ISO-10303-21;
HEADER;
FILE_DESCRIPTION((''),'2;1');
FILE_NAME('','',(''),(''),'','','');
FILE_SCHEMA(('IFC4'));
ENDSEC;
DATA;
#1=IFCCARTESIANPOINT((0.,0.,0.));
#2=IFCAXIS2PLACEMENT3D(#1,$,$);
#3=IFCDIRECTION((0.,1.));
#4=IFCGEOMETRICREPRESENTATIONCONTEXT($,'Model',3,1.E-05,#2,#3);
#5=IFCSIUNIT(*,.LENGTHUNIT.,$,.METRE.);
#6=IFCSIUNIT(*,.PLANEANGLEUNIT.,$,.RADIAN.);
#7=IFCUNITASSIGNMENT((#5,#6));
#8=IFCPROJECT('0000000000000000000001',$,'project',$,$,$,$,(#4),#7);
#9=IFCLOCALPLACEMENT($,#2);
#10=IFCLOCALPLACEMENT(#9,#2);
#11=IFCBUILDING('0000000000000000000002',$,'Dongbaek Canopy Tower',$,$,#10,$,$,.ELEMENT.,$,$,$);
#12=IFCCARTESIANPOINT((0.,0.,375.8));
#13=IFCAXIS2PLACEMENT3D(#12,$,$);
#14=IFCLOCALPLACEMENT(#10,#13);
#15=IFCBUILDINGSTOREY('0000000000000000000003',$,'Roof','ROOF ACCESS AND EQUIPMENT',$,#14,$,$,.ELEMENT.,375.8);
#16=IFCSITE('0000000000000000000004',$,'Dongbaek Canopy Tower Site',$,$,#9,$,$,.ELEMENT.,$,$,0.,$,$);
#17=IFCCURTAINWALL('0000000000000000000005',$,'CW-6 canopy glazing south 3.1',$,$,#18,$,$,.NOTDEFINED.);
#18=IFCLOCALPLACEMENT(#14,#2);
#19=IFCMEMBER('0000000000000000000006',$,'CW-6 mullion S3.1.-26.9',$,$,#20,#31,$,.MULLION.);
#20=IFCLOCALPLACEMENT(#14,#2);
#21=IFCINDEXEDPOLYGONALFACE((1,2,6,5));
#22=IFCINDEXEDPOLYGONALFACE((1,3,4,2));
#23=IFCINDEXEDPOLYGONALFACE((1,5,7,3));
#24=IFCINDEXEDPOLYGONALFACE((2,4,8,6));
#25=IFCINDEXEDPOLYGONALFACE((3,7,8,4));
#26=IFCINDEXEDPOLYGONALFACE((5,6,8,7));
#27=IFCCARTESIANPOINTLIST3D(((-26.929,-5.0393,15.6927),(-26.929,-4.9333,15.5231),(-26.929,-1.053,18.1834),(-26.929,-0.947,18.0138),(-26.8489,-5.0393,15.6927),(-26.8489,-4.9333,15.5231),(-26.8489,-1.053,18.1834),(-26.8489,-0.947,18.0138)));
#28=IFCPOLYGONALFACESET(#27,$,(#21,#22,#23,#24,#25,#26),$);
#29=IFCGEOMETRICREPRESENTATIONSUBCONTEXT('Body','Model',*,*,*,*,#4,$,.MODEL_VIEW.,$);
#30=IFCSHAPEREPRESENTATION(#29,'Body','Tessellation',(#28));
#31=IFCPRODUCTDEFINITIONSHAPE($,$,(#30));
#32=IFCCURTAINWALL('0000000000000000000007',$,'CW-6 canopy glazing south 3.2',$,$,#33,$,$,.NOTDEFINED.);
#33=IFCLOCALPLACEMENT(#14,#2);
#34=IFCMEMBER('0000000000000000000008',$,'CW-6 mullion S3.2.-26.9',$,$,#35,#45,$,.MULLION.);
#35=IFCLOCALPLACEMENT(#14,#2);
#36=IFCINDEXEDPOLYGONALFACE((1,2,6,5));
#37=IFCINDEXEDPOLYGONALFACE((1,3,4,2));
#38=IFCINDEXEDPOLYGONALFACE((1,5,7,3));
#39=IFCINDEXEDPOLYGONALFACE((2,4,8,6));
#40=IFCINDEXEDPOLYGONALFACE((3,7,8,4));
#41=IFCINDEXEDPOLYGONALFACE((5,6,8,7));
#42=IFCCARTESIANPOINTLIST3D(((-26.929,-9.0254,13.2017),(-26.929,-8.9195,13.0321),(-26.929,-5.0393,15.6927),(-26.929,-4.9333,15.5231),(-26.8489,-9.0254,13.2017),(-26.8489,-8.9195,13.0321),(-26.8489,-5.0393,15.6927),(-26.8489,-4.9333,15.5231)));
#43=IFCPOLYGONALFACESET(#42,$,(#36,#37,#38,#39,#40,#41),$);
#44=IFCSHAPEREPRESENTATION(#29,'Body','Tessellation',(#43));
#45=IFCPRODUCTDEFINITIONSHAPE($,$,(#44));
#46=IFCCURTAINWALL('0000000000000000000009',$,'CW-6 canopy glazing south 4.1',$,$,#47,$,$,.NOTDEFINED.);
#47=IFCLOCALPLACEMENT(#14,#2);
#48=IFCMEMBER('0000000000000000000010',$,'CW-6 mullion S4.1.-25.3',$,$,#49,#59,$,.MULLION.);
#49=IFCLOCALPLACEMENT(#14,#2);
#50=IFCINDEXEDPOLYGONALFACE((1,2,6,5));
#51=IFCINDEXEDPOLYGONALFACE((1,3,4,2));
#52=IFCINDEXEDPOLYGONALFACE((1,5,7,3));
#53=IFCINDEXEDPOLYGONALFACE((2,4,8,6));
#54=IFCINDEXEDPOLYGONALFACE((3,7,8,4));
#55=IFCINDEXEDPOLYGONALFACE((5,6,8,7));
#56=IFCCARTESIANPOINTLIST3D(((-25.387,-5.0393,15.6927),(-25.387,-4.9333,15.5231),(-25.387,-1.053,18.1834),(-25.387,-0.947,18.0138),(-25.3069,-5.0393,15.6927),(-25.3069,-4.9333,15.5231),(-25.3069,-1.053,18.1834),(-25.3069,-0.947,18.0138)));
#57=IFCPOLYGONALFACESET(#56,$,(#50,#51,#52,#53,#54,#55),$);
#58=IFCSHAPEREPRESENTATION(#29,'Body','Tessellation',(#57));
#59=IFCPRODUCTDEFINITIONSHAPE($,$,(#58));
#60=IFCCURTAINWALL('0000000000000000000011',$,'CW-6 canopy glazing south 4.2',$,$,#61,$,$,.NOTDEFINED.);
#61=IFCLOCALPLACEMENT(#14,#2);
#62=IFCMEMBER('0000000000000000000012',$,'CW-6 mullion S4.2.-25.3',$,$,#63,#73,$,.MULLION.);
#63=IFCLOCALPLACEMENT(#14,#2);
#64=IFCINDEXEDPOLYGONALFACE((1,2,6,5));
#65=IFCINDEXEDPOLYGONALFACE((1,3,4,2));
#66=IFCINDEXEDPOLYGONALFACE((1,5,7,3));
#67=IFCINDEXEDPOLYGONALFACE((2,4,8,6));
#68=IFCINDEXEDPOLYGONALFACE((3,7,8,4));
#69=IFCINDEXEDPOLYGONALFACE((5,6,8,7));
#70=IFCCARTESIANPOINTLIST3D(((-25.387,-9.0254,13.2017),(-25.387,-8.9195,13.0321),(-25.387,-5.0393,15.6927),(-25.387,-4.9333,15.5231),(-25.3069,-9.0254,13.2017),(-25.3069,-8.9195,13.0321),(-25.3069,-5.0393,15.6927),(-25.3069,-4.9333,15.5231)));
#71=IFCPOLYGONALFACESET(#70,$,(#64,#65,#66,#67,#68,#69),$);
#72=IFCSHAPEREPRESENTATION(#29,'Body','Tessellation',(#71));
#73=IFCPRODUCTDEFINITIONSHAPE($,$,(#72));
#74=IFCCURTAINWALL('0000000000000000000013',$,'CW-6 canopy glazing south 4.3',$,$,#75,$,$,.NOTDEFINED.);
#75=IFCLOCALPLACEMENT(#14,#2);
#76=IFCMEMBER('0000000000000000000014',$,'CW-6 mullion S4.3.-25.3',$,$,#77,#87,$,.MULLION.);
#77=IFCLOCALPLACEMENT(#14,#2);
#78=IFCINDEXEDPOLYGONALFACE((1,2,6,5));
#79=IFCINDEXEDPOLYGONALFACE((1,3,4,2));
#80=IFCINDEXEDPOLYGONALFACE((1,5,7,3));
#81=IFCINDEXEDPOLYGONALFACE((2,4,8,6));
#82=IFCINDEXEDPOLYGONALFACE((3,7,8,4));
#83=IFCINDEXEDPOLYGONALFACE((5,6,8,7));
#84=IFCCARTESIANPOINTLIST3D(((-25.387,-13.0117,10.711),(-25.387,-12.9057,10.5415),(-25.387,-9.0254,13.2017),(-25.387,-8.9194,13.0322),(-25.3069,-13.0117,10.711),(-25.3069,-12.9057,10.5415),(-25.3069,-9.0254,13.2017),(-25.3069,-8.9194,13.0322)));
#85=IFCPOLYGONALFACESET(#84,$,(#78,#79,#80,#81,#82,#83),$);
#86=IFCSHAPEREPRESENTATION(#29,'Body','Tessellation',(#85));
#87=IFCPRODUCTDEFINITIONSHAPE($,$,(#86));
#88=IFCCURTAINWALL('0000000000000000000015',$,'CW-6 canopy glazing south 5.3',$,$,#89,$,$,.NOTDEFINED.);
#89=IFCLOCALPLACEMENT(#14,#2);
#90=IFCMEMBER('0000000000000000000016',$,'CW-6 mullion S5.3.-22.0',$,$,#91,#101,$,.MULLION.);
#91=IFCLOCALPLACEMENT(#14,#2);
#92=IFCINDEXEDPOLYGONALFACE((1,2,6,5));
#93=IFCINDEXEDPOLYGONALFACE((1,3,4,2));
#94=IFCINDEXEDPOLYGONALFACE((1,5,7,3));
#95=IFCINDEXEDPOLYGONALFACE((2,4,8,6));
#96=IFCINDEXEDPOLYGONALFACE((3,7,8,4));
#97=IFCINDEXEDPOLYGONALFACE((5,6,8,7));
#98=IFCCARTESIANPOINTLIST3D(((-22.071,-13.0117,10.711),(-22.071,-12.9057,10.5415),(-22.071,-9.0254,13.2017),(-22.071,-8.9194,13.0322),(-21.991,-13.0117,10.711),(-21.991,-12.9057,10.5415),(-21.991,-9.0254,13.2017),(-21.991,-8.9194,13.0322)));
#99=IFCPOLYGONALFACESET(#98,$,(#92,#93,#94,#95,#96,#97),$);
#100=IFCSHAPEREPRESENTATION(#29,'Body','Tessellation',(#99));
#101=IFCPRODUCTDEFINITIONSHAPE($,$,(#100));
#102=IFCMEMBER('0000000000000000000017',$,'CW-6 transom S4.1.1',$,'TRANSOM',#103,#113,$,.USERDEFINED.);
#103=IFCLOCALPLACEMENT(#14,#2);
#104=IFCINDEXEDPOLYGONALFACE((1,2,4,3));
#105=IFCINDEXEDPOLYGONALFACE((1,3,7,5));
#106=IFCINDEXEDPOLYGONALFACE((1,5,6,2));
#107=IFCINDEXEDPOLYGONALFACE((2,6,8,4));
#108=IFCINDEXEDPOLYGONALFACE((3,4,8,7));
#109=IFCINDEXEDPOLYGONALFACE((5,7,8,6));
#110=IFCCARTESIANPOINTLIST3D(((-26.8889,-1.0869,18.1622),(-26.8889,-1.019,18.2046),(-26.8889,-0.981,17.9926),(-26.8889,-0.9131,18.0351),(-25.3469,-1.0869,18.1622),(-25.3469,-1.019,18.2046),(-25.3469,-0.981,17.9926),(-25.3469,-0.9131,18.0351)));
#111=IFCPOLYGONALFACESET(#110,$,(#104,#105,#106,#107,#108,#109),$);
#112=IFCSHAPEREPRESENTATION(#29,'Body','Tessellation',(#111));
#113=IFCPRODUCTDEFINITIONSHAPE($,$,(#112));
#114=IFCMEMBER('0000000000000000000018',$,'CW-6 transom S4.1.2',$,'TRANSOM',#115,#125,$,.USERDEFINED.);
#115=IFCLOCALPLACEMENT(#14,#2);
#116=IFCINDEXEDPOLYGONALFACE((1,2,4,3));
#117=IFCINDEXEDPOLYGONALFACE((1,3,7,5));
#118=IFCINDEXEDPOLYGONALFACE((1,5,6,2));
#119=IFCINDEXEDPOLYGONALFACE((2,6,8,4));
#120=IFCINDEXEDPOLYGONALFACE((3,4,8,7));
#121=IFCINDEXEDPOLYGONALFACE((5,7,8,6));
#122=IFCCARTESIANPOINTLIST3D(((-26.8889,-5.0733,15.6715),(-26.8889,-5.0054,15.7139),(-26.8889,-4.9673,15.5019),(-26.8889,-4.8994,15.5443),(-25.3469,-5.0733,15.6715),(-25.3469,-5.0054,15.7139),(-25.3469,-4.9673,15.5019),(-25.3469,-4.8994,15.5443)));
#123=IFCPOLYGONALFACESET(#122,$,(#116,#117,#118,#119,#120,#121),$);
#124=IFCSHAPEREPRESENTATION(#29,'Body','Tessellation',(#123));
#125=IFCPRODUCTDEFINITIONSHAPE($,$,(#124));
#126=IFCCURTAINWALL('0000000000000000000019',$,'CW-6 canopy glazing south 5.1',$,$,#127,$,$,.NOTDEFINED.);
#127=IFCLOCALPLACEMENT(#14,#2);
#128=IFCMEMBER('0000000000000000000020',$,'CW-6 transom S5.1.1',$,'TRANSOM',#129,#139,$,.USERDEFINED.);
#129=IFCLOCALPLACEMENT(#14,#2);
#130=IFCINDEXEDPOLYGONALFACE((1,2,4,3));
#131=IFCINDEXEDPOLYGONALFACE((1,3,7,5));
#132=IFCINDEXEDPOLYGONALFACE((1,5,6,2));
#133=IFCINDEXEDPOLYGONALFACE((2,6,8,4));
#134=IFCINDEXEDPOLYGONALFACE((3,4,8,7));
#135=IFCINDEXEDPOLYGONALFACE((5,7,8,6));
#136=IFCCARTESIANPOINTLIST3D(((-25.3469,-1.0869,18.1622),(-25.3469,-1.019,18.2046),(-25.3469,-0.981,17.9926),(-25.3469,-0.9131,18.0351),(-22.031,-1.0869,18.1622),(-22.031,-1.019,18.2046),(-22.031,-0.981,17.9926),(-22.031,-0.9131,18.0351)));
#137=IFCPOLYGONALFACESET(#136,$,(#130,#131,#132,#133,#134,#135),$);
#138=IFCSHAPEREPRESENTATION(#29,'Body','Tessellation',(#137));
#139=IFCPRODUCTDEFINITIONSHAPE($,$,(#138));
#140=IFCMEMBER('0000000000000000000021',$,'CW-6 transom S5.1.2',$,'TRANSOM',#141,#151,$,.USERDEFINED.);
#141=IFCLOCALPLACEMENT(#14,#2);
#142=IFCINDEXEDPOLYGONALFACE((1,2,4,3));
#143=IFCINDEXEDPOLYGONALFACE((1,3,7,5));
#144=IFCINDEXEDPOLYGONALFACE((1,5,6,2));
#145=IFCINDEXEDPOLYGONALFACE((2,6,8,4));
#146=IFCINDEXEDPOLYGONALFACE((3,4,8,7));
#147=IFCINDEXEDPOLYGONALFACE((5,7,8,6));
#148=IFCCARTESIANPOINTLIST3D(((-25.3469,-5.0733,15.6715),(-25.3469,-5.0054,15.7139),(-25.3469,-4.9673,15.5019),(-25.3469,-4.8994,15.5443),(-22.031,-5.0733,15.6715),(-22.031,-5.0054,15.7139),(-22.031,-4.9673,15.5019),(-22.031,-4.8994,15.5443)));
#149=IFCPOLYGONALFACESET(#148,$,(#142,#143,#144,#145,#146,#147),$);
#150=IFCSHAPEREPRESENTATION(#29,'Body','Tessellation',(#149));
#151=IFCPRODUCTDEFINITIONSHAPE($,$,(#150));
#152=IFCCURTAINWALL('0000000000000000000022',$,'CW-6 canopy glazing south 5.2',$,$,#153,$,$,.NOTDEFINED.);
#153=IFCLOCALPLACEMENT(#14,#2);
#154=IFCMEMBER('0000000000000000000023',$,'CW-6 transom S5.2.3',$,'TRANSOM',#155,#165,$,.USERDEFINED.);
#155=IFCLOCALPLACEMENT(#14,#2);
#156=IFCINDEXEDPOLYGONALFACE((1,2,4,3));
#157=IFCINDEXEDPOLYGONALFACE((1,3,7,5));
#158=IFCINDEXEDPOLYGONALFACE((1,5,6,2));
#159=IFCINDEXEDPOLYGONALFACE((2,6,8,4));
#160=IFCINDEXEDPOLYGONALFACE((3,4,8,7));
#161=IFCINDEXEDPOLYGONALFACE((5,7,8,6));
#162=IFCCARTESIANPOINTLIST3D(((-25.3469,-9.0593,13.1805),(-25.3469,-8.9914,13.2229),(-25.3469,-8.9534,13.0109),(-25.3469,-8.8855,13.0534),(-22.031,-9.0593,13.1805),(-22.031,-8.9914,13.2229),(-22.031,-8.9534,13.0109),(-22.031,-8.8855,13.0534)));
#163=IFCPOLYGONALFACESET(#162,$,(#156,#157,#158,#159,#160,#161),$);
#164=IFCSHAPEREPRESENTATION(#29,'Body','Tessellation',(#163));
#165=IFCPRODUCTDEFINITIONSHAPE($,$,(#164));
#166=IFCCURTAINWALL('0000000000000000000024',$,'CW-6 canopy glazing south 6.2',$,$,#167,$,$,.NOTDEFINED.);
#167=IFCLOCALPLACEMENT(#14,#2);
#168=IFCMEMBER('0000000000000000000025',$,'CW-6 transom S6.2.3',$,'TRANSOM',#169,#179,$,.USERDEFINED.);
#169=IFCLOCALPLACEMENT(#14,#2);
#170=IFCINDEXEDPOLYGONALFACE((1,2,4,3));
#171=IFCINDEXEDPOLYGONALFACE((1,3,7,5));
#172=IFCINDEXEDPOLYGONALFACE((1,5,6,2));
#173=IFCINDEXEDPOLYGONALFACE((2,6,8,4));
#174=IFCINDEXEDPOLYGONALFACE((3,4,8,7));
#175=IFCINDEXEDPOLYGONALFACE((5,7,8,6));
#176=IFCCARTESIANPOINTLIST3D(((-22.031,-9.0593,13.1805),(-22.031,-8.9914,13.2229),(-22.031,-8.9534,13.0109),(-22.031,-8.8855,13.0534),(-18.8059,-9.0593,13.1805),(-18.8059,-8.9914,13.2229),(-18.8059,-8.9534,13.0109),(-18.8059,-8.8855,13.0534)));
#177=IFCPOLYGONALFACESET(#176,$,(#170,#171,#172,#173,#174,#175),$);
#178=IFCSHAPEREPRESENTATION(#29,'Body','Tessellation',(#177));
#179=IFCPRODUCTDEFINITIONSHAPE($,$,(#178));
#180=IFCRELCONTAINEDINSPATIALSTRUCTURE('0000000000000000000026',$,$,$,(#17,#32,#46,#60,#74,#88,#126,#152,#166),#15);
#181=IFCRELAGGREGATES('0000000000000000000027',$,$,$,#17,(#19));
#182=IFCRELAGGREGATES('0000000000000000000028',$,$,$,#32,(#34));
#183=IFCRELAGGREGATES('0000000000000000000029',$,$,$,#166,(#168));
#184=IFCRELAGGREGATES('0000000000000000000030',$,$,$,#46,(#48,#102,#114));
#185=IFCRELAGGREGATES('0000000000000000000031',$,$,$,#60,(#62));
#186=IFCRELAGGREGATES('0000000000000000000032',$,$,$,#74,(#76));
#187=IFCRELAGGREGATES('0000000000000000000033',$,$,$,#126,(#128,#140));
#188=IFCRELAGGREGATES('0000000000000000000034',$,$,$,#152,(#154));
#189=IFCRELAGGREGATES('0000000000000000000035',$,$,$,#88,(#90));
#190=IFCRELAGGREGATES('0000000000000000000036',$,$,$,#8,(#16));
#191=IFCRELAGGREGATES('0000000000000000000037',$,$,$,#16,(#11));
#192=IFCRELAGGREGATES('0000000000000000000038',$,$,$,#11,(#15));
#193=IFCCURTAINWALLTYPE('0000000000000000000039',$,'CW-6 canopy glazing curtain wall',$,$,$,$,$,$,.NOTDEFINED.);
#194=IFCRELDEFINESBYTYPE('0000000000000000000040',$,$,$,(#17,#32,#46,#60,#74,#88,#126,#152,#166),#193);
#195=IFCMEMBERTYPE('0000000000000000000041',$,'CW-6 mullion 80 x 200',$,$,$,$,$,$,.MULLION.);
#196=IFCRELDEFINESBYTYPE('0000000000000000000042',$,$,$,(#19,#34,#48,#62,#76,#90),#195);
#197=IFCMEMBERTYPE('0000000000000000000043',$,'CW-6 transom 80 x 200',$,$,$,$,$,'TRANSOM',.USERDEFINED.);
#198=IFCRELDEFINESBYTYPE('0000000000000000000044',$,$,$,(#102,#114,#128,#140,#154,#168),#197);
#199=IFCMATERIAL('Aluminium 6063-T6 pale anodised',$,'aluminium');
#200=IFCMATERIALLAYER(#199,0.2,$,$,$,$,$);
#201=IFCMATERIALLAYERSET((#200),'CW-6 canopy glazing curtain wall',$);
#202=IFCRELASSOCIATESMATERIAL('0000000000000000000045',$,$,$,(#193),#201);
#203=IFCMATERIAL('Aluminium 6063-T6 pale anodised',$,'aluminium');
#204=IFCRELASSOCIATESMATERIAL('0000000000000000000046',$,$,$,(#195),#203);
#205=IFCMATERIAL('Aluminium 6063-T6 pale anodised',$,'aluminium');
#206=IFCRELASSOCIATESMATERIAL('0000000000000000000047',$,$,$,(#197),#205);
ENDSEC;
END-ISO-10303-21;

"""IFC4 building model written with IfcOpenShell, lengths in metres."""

from ifc_helpers import new_model, si_unit, direction, frame, origin, origin_2d, place, context, subcontext, project, spatial, rectangle, extrude, material, layer, layer_set, material_profile, profile_set, type_object, element, aggregate, save


model = new_model("IFC4")

# Units and contexts
model_context = context("Model", 3, precision=1e-05, world=origin(), true_north=direction((0.0, 1.0)))
body_context = subcontext(model_context, "Body", "Model", "MODEL_VIEW")
ifc_project = project(units=[si_unit("LENGTHUNIT", "METRE"), si_unit("PLANEANGLEUNIT", "RADIAN")], contexts=[model_context])

# Site, building, storey
site_placement = place(None, origin())
site = spatial("IfcSite", under=ifc_project, at=site_placement, Name="Dongbaek Canopy Tower Site", CompositionType="ELEMENT", RefElevation=0.0)
building_placement = place(site_placement, origin())
building = spatial("IfcBuilding", under=site, at=building_placement, Name="Dongbaek Canopy Tower", CompositionType="ELEMENT")
storey_placement = place(building_placement, frame((0.0, 0.0, 375.8)))
storey = spatial("IfcBuildingStorey", under=building, at=storey_placement, Name="Roof", Description="ROOF ACCESS AND EQUIPMENT", CompositionType="ELEMENT", Elevation=375.8)

# Curtain walls, members
ifc_material_1 = material(Name="Aluminium 6063-T6 pale anodised", Category="aluminium")
ifc_layer_1 = layer(ifc_material_1, 0.2)
ifc_layer_set_1 = layer_set([ifc_layer_1], Name="CW-6 canopy glazing curtain wall")
curtain_wall_type = type_object("IfcCurtainWallType", Name="CW-6 canopy glazing curtain wall", PredefinedType="NOTDEFINED", material=ifc_layer_set_1)
curtain_wall_1_placement = place(storey_placement, origin())
curtain_wall_1 = element("IfcCurtainWall", 1, at=curtain_wall_1_placement, inside=storey, type_object=curtain_wall_type, Name="CW-6 canopy glazing south 3.1", PredefinedType="NOTDEFINED")
ifc_material_2 = material(Name="Aluminium 6063-T6 pale anodised", Category="aluminium")
ifc_material_profile_1 = material_profile(ifc_material_2, rectangle(XDim=0.0801, YDim=0.2, at=origin_2d()), Name="CW-6 mullion 80 x 200")
ifc_profile_set_1 = profile_set([ifc_material_profile_1], Name="Aluminium 6063-T6 pale anodised")
member_type_1 = type_object("IfcMemberType", Name="CW-6 mullion 80 x 200", PredefinedType="MULLION", material=ifc_profile_set_1)
member_1_placement = place(storey_placement, frame((-26.8889, -1.0, 18.0986), z_axis=(0.0, -0.848068, -0.529887), x_axis=(1.0, 0.0, 0.0)))
member_1 = element("IfcMember", 2, at=member_1_placement, type_object=member_type_1, Name="CW-6 mullion S3.1.-26.9", PredefinedType="MULLION", context=body_context, shape_type="SweptSolid", body=[
    extrude(rectangle(XDim=0.0801, YDim=0.2, at=origin_2d()), origin(), (0.0, 0.0, 1.0), 4.7004),
])
aggregate(curtain_wall_1, [member_1])
curtain_wall_2_placement = place(storey_placement, origin())
curtain_wall_2 = element("IfcCurtainWall", 3, at=curtain_wall_2_placement, inside=storey, type_object=curtain_wall_type, Name="CW-6 canopy glazing south 3.2", PredefinedType="NOTDEFINED")
member_2_placement = place(storey_placement, frame((-26.8889, -4.9863, 15.6079), z_axis=(0.0, -0.84803, -0.529948), x_axis=(1.0, 0.0, 0.0)))
member_2 = element("IfcMember", 4, at=member_2_placement, type_object=member_type_1, Name="CW-6 mullion S3.2.-26.9", PredefinedType="MULLION", context=body_context, shape_type="SweptSolid", body=[
    extrude(rectangle(XDim=0.0801, YDim=0.2, at=origin_2d()), origin(), (0.0, 0.0, 1.0), 4.7004),
])
aggregate(curtain_wall_2, [member_2])
curtain_wall_3_placement = place(storey_placement, origin())
curtain_wall_3 = element("IfcCurtainWall", 5, at=curtain_wall_3_placement, inside=storey, type_object=curtain_wall_type, Name="CW-6 canopy glazing south 4.1", PredefinedType="NOTDEFINED")
member_3_placement = place(storey_placement, frame((-25.3469, -1.0, 18.0986), z_axis=(0.0, -0.848068, -0.529887), x_axis=(1.0, 0.0, 0.0)))
member_3 = element("IfcMember", 6, at=member_3_placement, type_object=member_type_1, Name="CW-6 mullion S4.1.-25.3", PredefinedType="MULLION", context=body_context, shape_type="SweptSolid", body=[
    extrude(rectangle(XDim=0.0801, YDim=0.2, at=origin_2d()), origin(), (0.0, 0.0, 1.0), 4.7004),
])
curtain_wall_4_placement = place(storey_placement, origin())
curtain_wall_4 = element("IfcCurtainWall", 7, at=curtain_wall_4_placement, inside=storey, type_object=curtain_wall_type, Name="CW-6 canopy glazing south 4.2", PredefinedType="NOTDEFINED")
member_4_placement = place(storey_placement, frame((-25.3469, -4.9863, 15.6079), z_axis=(0.0, -0.84803, -0.529948), x_axis=(1.0, 0.0, 0.0)))
member_4 = element("IfcMember", 8, at=member_4_placement, type_object=member_type_1, Name="CW-6 mullion S4.2.-25.3", PredefinedType="MULLION", context=body_context, shape_type="SweptSolid", body=[
    extrude(rectangle(XDim=0.0801, YDim=0.2, at=origin_2d()), origin(), (0.0, 0.0, 1.0), 4.7004),
])
curtain_wall_5_placement = place(storey_placement, origin())
curtain_wall_5 = element("IfcCurtainWall", 9, at=curtain_wall_5_placement, inside=storey, type_object=curtain_wall_type, Name="CW-6 canopy glazing south 4.3", PredefinedType="NOTDEFINED")
member_5_placement = place(storey_placement, frame((-25.3469, -8.9724, 13.1169), z_axis=(0.0, -0.848068, -0.529887), x_axis=(1.0, 0.0, 0.0)))
member_5 = element("IfcMember", 10, at=member_5_placement, type_object=member_type_1, Name="CW-6 mullion S4.3.-25.3", PredefinedType="MULLION", context=body_context, shape_type="SweptSolid", body=[
    extrude(rectangle(XDim=0.0801, YDim=0.2, at=origin_2d()), origin(), (0.0, 0.0, 1.0), 4.7004),
])
curtain_wall_6_placement = place(storey_placement, origin())
curtain_wall_6 = element("IfcCurtainWall", 11, at=curtain_wall_6_placement, inside=storey, type_object=curtain_wall_type, Name="CW-6 canopy glazing south 5.3", PredefinedType="NOTDEFINED")
member_6_placement = place(storey_placement, frame((-22.031, -8.9724, 13.1169), z_axis=(0.0, -0.848068, -0.529887), x_axis=(1.0, 0.0, 0.0)))
member_6 = element("IfcMember", 12, at=member_6_placement, type_object=member_type_1, Name="CW-6 mullion S5.3.-22.0", PredefinedType="MULLION", context=body_context, shape_type="SweptSolid", body=[
    extrude(rectangle(XDim=0.0801, YDim=0.2, at=origin_2d()), origin(), (0.0, 0.0, 1.0), 4.7004),
])

# Members
ifc_material_3 = material(Name="Aluminium 6063-T6 pale anodised", Category="aluminium")
ifc_material_profile_2 = material_profile(ifc_material_3, rectangle(XDim=0.0801, YDim=0.2, at=origin_2d()), Name="CW-6 transom 80 x 200")
ifc_profile_set_2 = profile_set([ifc_material_profile_2], Name="Aluminium 6063-T6 pale anodised")
member_type_2 = type_object("IfcMemberType", Name="CW-6 transom 80 x 200", ElementType="TRANSOM", PredefinedType="USERDEFINED", material=ifc_profile_set_2)
member_7_placement = place(storey_placement, frame((-26.8889, -1.0, 18.0986), z_axis=(1.0, 0.0, 0.0), x_axis=(0.0, 0.848048, 0.529919)))
member_7 = element("IfcMember", 13, at=member_7_placement, type_object=member_type_2, Name="CW-6 transom S4.1.1", ObjectType="TRANSOM", PredefinedType="USERDEFINED", context=body_context, shape_type="SweptSolid", body=[
    extrude(rectangle(XDim=0.0801, YDim=0.2, at=origin_2d()), origin(), (0.0, 0.0, 1.0), 1.542),
])
member_8_placement = place(storey_placement, frame((-26.8889, -4.9863, 15.6079), z_axis=(1.0, 0.0, 0.0), x_axis=(0.0, 0.848048, 0.529919)))
member_8 = element("IfcMember", 14, at=member_8_placement, type_object=member_type_2, Name="CW-6 transom S4.1.2", ObjectType="TRANSOM", PredefinedType="USERDEFINED", context=body_context, shape_type="SweptSolid", body=[
    extrude(rectangle(XDim=0.0801, YDim=0.2, at=origin_2d()), origin(), (0.0, 0.0, 1.0), 1.542),
])

# Curtain wall, members
curtain_wall_7_placement = place(storey_placement, origin())
curtain_wall_7 = element("IfcCurtainWall", 15, at=curtain_wall_7_placement, inside=storey, type_object=curtain_wall_type, Name="CW-6 canopy glazing south 5.1", PredefinedType="NOTDEFINED")
member_9_placement = place(storey_placement, frame((-25.3469, -1.0, 18.0986), z_axis=(1.0, 0.0, 0.0), x_axis=(0.0, 0.848048, 0.529919)))
member_9 = element("IfcMember", 16, at=member_9_placement, type_object=member_type_2, Name="CW-6 transom S5.1.1", ObjectType="TRANSOM", PredefinedType="USERDEFINED", context=body_context, shape_type="SweptSolid", body=[
    extrude(rectangle(XDim=0.0801, YDim=0.2, at=origin_2d()), origin(), (0.0, 0.0, 1.0), 3.3159),
])
member_10_placement = place(storey_placement, frame((-25.3469, -4.9863, 15.6079), z_axis=(1.0, 0.0, 0.0), x_axis=(0.0, 0.848048, 0.529919)))
member_10 = element("IfcMember", 17, at=member_10_placement, type_object=member_type_2, Name="CW-6 transom S5.1.2", ObjectType="TRANSOM", PredefinedType="USERDEFINED", context=body_context, shape_type="SweptSolid", body=[
    extrude(rectangle(XDim=0.0801, YDim=0.2, at=origin_2d()), origin(), (0.0, 0.0, 1.0), 3.3159),
])

# Curtain walls, members
curtain_wall_8_placement = place(storey_placement, origin())
curtain_wall_8 = element("IfcCurtainWall", 18, at=curtain_wall_8_placement, inside=storey, type_object=curtain_wall_type, Name="CW-6 canopy glazing south 5.2", PredefinedType="NOTDEFINED")
member_11_placement = place(storey_placement, frame((-25.3469, -8.9724, 13.1169), z_axis=(1.0, 0.0, 0.0), x_axis=(0.0, 0.848048, 0.529919)))
member_11 = element("IfcMember", 19, at=member_11_placement, type_object=member_type_2, Name="CW-6 transom S5.2.3", ObjectType="TRANSOM", PredefinedType="USERDEFINED", context=body_context, shape_type="SweptSolid", body=[
    extrude(rectangle(XDim=0.0801, YDim=0.2, at=origin_2d()), origin(), (0.0, 0.0, 1.0), 3.3159),
])
curtain_wall_9_placement = place(storey_placement, origin())
curtain_wall_9 = element("IfcCurtainWall", 20, at=curtain_wall_9_placement, inside=storey, type_object=curtain_wall_type, Name="CW-6 canopy glazing south 6.2", PredefinedType="NOTDEFINED")
member_12_placement = place(storey_placement, frame((-22.031, -8.9724, 13.1169), z_axis=(1.0, 0.0, 0.0), x_axis=(0.0, 0.848048, 0.529919)))
member_12 = element("IfcMember", 21, at=member_12_placement, type_object=member_type_2, Name="CW-6 transom S6.2.3", ObjectType="TRANSOM", PredefinedType="USERDEFINED", context=body_context, shape_type="SweptSolid", body=[
    extrude(rectangle(XDim=0.0801, YDim=0.2, at=origin_2d()), origin(), (0.0, 0.0, 1.0), 3.2251),
])
aggregate(curtain_wall_9, [member_12])

aggregate(curtain_wall_3, [member_3, member_7, member_8])
aggregate(curtain_wall_4, [member_4])
aggregate(curtain_wall_5, [member_5])
aggregate(curtain_wall_7, [member_9, member_10])
aggregate(curtain_wall_8, [member_11])
aggregate(curtain_wall_6, [member_6])

save(model, "model.ifc")
